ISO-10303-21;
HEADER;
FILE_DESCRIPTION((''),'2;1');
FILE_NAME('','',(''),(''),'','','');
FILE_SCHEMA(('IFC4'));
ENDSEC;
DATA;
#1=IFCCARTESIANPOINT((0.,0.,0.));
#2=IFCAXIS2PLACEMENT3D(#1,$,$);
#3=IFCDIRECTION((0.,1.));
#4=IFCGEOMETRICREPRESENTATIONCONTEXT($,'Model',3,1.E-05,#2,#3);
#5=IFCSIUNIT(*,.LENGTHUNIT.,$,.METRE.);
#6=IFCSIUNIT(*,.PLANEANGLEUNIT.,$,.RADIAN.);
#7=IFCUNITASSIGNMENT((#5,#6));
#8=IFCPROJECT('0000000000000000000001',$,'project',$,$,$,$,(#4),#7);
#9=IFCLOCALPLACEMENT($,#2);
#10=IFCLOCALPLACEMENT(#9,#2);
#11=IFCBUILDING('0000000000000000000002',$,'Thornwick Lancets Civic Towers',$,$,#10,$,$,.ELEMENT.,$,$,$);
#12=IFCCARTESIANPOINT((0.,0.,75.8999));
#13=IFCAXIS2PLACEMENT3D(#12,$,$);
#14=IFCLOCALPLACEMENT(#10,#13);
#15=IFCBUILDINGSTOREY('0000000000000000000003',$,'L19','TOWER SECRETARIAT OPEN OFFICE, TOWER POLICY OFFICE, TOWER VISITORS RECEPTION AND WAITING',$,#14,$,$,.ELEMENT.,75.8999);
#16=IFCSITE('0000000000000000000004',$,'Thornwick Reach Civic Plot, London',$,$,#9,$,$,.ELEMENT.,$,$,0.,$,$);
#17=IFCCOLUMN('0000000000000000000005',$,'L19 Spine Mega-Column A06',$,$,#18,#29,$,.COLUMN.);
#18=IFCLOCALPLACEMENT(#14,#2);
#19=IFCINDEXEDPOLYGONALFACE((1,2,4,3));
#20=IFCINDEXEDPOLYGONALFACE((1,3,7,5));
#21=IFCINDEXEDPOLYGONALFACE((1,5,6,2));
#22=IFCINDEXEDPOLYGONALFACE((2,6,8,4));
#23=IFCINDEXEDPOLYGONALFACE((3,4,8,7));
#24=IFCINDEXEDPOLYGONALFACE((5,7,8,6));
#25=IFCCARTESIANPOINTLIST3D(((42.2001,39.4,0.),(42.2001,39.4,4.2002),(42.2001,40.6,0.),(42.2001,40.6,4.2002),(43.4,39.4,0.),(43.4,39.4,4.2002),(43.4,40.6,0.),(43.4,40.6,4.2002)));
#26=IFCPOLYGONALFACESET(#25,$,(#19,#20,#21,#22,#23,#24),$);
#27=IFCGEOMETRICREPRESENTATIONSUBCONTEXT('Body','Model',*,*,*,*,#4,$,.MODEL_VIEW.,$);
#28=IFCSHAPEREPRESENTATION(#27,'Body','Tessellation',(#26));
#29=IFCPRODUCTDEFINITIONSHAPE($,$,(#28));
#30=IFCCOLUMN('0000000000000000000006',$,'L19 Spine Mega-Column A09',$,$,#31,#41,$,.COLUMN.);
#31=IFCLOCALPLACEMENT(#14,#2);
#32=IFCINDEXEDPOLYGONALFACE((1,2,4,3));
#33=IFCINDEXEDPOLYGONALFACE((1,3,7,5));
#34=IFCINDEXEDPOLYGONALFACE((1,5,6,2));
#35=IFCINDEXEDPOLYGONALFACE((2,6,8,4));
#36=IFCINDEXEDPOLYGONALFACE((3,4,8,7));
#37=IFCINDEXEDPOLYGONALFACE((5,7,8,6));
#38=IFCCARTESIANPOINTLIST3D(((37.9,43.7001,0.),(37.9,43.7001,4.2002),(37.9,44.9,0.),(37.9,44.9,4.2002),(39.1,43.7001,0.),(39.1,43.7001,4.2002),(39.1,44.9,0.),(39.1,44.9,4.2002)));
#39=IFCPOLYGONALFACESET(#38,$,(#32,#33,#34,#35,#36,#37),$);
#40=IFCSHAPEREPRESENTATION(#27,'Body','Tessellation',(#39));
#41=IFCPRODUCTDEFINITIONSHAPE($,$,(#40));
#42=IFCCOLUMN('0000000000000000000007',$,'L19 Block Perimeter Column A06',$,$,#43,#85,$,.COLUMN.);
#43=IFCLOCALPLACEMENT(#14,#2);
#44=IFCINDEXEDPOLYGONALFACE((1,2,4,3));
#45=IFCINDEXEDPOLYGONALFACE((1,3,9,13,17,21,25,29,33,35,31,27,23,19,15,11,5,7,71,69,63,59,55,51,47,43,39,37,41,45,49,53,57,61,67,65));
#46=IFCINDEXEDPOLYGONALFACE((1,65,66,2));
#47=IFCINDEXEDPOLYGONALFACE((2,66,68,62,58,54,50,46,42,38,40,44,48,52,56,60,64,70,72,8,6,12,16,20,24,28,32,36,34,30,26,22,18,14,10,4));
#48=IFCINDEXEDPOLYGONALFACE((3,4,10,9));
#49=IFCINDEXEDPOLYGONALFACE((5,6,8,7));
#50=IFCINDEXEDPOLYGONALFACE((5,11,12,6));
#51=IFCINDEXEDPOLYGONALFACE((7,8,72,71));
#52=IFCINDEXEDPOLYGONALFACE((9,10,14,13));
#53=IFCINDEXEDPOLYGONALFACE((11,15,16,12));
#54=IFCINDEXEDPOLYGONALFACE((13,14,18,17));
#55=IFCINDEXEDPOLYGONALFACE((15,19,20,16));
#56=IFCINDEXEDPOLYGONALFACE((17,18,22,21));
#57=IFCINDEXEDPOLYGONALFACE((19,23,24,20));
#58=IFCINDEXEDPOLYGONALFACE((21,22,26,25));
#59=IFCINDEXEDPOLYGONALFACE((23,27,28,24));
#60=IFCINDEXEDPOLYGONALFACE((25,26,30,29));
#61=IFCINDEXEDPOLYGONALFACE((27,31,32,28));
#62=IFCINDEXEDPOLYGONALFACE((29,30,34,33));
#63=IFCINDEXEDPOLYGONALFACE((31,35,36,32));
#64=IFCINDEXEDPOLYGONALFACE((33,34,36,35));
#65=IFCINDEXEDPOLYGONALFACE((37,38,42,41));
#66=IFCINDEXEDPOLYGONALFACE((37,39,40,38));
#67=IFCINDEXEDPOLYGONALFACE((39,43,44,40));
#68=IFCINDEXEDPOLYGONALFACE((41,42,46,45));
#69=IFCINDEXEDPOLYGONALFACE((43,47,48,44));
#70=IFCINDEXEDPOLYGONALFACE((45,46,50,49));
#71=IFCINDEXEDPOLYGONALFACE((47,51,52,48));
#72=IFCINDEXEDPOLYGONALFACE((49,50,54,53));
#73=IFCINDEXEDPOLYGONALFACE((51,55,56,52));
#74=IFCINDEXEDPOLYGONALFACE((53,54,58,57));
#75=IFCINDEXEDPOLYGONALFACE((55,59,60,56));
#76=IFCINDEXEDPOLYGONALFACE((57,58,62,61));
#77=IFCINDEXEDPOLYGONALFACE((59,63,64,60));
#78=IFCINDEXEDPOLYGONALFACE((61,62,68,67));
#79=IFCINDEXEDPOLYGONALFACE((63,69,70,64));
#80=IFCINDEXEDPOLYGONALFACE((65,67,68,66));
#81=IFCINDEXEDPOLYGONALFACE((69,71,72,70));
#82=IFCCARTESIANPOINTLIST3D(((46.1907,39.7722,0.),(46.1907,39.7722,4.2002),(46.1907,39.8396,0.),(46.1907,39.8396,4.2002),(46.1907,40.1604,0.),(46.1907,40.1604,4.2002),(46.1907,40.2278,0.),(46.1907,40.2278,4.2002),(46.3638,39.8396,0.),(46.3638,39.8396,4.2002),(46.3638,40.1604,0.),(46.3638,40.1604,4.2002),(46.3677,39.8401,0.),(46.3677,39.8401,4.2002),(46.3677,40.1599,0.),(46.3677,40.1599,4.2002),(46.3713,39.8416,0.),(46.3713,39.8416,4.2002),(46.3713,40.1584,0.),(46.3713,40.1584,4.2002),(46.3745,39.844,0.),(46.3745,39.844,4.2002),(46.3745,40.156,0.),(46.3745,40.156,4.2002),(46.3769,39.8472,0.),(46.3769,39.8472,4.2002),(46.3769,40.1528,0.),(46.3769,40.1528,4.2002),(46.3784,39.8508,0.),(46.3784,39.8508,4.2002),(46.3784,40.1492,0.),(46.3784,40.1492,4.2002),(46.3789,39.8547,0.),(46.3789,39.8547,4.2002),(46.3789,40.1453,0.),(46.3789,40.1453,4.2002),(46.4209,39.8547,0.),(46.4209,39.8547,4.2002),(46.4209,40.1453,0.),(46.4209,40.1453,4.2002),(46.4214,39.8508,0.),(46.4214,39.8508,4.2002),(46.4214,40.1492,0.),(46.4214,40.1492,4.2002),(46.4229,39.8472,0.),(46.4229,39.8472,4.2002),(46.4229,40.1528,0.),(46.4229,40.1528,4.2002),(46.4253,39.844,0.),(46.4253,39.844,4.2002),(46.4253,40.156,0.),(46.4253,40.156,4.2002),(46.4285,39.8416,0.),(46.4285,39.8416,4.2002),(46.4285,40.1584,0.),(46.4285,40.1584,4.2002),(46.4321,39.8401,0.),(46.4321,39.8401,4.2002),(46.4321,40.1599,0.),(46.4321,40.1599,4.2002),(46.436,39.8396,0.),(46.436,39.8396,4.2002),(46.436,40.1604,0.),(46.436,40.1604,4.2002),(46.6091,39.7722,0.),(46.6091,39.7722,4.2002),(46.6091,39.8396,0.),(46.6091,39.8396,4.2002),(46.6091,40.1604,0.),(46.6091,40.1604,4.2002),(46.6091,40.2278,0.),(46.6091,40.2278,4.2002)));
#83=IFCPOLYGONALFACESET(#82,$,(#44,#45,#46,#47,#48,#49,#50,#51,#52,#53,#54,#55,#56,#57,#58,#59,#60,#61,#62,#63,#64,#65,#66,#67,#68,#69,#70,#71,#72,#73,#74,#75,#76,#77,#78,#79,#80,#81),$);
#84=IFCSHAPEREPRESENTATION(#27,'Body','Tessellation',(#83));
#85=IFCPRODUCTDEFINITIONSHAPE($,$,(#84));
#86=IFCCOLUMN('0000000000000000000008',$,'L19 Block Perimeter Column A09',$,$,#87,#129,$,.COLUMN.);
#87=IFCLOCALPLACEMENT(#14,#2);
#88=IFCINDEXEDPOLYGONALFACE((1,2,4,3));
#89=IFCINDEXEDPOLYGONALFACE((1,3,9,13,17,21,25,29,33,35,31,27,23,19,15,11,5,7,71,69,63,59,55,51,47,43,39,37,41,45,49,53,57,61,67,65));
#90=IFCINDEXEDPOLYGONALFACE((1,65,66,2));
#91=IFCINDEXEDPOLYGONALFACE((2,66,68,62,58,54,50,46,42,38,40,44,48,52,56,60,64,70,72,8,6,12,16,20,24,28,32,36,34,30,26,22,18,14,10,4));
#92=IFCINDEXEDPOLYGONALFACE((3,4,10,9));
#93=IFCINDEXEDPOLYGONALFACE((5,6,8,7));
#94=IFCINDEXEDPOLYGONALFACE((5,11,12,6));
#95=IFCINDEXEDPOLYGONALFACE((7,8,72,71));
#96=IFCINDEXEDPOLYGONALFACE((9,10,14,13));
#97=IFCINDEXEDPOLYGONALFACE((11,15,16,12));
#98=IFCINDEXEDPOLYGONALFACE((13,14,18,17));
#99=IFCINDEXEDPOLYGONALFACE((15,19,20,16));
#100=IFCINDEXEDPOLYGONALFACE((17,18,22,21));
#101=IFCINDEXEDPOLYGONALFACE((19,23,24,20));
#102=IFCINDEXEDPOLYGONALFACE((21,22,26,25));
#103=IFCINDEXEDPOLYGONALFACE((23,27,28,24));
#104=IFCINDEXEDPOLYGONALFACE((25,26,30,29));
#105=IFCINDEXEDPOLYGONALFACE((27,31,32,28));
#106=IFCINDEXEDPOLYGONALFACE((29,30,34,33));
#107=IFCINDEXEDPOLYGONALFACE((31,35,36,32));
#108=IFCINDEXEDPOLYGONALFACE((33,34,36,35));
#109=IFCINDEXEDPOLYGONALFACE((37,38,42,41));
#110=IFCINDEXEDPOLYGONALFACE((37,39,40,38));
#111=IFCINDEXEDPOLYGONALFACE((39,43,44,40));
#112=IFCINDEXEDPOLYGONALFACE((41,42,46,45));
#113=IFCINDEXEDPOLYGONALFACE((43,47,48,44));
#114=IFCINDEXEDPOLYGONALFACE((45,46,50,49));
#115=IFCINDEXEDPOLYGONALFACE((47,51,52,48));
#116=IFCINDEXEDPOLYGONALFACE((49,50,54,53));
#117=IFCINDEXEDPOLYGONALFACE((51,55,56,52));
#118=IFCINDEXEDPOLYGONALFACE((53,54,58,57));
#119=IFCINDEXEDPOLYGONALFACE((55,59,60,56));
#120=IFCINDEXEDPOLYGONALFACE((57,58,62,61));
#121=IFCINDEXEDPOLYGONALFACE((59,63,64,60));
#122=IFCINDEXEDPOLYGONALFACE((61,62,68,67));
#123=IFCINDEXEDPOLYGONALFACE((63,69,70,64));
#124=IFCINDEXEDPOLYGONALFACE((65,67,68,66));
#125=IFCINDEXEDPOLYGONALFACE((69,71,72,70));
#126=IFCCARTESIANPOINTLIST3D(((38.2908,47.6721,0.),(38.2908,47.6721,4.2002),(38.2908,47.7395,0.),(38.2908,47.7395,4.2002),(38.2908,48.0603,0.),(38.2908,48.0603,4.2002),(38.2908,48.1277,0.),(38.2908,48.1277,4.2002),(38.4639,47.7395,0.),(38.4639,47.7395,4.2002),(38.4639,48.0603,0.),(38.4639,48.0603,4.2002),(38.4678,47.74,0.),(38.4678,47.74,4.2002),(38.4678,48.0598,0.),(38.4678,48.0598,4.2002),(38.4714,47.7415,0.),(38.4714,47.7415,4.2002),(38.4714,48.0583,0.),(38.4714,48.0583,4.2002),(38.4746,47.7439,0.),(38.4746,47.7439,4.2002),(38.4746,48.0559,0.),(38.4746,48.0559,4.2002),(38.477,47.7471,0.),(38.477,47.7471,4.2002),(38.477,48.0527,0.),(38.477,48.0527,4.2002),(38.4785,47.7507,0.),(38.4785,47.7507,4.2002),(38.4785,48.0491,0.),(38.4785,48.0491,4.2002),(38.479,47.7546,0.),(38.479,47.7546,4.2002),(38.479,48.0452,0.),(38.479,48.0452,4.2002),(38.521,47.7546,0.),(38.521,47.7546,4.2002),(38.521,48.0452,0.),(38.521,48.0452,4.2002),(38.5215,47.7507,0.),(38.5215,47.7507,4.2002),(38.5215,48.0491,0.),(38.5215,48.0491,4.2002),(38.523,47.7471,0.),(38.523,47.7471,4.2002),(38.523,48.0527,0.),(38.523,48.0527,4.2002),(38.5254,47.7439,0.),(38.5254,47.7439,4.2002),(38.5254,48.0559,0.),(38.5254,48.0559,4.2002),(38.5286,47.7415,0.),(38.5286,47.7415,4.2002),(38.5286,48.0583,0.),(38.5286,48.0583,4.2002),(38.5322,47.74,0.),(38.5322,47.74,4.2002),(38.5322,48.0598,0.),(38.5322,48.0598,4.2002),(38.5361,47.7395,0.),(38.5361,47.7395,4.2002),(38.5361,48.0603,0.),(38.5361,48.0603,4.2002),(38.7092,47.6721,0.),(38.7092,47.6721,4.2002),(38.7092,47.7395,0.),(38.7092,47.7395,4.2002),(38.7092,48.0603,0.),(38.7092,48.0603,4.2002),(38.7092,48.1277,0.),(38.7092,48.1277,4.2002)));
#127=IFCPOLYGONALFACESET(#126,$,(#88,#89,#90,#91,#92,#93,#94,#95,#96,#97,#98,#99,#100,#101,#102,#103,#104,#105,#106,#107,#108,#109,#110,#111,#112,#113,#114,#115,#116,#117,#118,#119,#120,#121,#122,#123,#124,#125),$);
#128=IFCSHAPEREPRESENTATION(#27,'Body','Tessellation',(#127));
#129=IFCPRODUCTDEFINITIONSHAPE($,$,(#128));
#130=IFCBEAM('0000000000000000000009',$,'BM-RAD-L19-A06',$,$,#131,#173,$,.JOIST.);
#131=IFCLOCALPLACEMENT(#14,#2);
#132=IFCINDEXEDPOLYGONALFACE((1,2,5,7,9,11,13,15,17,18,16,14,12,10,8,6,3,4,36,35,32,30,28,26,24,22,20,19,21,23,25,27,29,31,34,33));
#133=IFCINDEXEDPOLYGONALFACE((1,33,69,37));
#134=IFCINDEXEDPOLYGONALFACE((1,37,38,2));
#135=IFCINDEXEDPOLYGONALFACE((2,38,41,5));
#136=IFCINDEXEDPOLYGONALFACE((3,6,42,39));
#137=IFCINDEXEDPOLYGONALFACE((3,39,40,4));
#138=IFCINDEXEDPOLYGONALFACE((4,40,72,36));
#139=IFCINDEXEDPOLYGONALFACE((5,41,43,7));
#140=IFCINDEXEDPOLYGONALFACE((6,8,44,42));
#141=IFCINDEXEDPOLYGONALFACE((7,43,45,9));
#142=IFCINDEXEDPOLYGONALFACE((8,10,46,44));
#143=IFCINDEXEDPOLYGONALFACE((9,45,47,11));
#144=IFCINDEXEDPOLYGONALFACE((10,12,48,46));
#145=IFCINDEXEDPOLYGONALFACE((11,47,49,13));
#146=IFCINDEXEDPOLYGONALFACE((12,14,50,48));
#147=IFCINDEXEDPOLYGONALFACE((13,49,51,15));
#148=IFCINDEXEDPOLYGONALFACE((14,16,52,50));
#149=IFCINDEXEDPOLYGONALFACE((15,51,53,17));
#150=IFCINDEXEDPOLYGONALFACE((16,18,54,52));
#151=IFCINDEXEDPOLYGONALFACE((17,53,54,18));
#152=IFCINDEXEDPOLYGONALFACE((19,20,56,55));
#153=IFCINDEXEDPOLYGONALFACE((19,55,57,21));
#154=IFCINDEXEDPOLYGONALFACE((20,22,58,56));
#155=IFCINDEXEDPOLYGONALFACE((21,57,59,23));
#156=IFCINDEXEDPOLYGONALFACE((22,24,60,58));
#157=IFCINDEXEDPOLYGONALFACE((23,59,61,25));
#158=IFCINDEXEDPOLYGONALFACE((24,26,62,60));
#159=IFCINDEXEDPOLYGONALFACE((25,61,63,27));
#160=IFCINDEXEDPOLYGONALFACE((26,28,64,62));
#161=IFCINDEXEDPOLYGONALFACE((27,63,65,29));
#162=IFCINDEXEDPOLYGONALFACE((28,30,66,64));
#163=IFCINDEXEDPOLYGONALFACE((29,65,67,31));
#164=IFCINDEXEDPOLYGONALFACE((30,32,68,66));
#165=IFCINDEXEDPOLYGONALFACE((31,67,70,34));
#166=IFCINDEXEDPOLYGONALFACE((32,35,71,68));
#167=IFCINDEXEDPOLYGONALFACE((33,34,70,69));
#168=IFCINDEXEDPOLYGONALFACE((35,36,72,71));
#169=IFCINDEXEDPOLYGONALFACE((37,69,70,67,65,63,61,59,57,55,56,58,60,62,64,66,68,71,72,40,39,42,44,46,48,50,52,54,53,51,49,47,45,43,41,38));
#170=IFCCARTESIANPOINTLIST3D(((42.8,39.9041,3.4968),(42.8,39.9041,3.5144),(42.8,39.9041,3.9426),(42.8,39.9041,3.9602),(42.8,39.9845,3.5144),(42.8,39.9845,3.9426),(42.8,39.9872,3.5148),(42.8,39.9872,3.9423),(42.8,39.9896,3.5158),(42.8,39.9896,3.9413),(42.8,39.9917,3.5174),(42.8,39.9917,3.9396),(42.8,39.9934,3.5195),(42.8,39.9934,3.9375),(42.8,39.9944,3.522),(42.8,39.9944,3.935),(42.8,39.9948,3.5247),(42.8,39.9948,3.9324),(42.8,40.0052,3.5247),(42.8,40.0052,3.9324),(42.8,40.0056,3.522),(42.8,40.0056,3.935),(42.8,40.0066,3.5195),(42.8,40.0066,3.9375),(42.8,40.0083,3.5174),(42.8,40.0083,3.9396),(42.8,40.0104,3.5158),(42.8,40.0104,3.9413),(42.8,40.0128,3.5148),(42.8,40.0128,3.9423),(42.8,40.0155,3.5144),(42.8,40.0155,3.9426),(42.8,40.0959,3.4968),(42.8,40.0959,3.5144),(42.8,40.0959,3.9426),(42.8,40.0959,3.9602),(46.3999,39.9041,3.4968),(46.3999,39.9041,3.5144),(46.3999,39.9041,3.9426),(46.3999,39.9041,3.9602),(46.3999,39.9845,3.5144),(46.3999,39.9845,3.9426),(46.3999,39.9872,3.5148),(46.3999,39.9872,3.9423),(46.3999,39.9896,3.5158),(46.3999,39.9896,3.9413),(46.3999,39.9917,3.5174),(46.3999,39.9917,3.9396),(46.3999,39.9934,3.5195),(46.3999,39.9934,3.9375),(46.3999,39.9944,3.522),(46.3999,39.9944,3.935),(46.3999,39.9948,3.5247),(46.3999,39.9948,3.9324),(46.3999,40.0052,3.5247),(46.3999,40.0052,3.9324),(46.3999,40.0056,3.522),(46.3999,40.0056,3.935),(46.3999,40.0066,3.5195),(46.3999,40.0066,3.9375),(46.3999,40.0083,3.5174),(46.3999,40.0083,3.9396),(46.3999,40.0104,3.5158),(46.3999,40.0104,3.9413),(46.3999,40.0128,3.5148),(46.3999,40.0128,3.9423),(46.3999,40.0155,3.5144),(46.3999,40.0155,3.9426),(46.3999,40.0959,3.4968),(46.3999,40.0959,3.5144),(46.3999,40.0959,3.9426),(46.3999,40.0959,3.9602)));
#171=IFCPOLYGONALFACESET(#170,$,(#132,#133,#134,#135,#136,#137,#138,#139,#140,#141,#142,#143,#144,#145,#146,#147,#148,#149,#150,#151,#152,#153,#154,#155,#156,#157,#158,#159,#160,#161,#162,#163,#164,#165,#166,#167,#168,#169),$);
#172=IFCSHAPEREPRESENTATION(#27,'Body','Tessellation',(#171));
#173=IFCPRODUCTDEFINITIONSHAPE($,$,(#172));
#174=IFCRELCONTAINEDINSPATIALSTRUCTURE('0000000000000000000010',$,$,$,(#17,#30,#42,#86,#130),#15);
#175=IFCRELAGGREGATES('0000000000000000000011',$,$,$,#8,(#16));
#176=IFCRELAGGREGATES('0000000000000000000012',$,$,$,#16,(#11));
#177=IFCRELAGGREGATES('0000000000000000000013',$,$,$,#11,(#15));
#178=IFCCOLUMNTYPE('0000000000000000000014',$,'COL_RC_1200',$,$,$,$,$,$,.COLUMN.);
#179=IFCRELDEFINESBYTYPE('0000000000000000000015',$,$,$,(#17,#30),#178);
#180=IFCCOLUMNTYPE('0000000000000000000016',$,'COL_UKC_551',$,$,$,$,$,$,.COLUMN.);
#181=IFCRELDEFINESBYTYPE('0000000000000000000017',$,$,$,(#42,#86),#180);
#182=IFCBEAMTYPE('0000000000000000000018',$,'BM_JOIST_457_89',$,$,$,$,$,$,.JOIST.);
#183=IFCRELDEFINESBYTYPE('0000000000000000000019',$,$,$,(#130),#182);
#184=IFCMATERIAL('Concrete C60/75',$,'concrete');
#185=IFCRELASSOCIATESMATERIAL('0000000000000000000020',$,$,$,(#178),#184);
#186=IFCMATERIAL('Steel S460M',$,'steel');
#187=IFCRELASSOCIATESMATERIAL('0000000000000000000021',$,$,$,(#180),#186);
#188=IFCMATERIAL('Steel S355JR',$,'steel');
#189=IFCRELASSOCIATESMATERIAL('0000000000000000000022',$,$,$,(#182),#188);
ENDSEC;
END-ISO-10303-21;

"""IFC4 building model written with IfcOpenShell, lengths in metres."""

from ifc_helpers import new_model, si_unit, direction, frame, origin, origin_2d, place, context, subcontext, project, spatial, rectangle, i_section, extrude, material, material_profile, profile_set, type_object, element, save


model = new_model("IFC4")

# Units and contexts
model_context = context("Model", 3, precision=1e-05, world=origin(), true_north=direction((0.0, 1.0)))
body_context = subcontext(model_context, "Body", "Model", "MODEL_VIEW")
ifc_project = project(units=[si_unit("LENGTHUNIT", "METRE"), si_unit("PLANEANGLEUNIT", "RADIAN")], contexts=[model_context])

# Site, building, storey
site_placement = place(None, origin())
site = spatial("IfcSite", under=ifc_project, at=site_placement, Name="Thornwick Reach Civic Plot, London", CompositionType="ELEMENT", RefElevation=0.0)
building_placement = place(site_placement, origin())
building = spatial("IfcBuilding", under=site, at=building_placement, Name="Thornwick Lancets Civic Towers", CompositionType="ELEMENT")
storey_placement = place(building_placement, frame((0.0, 0.0, 75.8999)))
storey = spatial("IfcBuildingStorey", under=building, at=storey_placement, Name="L19", Description="TOWER SECRETARIAT OPEN OFFICE, TOWER POLICY OFFICE, TOWER VISITORS RECEPTION AND WAITING", CompositionType="ELEMENT", Elevation=75.8999)

# Columns
ifc_material_1 = material(Name="Concrete C60/75", Category="concrete")
ifc_material_profile_1 = material_profile(ifc_material_1, rectangle(XDim=1.2, YDim=1.2, at=origin_2d()), Name="RC 1200x1200")
ifc_profile_set_1 = profile_set([ifc_material_profile_1], Name="Concrete C60/75")
column_type_1 = type_object("IfcColumnType", Name="COL_RC_1200", PredefinedType="COLUMN", material=ifc_profile_set_1)
for number, where, z_axis, x_axis, name in (
    (1, (42.8, 40.0, 0.0), (0.0, 0.0, 1.0), (1.0, 0.0, 0.0), "L19 Spine Mega-Column A06"),
    (2, (38.5, 44.3, 0.0), (0.0, 0.0, 1.0), (1.0, 0.0, 0.0), "L19 Spine Mega-Column A09"),
):
    element("IfcColumn", number, at=place(storey_placement, frame(where, z_axis=z_axis, x_axis=x_axis)), inside=storey, type_object=column_type_1, Name=name, PredefinedType="COLUMN", context=body_context, shape_type="SweptSolid", body=[
        extrude(rectangle(XDim=1.2, YDim=1.2, at=origin_2d()), origin(), (0.0, 0.0, 1.0), 4.2002),
    ])
ifc_material_2 = material(Name="Steel S460M", Category="steel")
ifc_material_profile_2 = material_profile(ifc_material_2, i_section(OverallWidth=0.4185, OverallDepth=0.4556, WebThickness=0.042, FlangeThickness=0.0674, FilletRadius=0.0151, at=origin_2d()), Name="UKC 356x406x551")
ifc_profile_set_2 = profile_set([ifc_material_profile_2], Name="Steel S460M")
column_type_2 = type_object("IfcColumnType", Name="COL_UKC_551", PredefinedType="COLUMN", material=ifc_profile_set_2)
for number, where, z_axis, x_axis, name in (
    (3, (46.3999, 40.0, 0.0), (0.0, 0.0, 1.0), (1.0, 0.0, 0.0), "L19 Block Perimeter Column A06"),
    (4, (38.5, 47.8999, 0.0), (0.0, 0.0, 1.0), (1.0, 0.0, 0.0), "L19 Block Perimeter Column A09"),
):
    element("IfcColumn", number, at=place(storey_placement, frame(where, z_axis=z_axis, x_axis=x_axis)), inside=storey, type_object=column_type_2, Name=name, PredefinedType="COLUMN", context=body_context, shape_type="SweptSolid", body=[
        extrude(i_section(OverallWidth=0.4185, OverallDepth=0.4556, WebThickness=0.042, FlangeThickness=0.0674, FilletRadius=0.0151, at=origin_2d()), origin(), (0.0, 0.0, 1.0), 4.2002),
    ])

# Beam
ifc_material_3 = material(Name="Steel S355JR", Category="steel")
ifc_material_profile_3 = material_profile(ifc_material_3, i_section(OverallWidth=0.1919, OverallDepth=0.4634, WebThickness=0.0105, FlangeThickness=0.0176, FilletRadius=0.0103, at=origin_2d()), Name="UKB 457x191x89")
ifc_profile_set_3 = profile_set([ifc_material_profile_3], Name="Steel S355JR")
beam_type_1 = type_object("IfcBeamType", Name="BM_JOIST_457_89", PredefinedType="JOIST", material=ifc_profile_set_3)
for number, where, z_axis, x_axis, name in (
    (5, (42.8, 40.0, 3.7285), (1.0, 0.0, 0.0), (0.0, 1.0, 0.0), "BM-RAD-L19-A06"),
):
    element("IfcBeam", number, at=place(storey_placement, frame(where, z_axis=z_axis, x_axis=x_axis)), inside=storey, type_object=beam_type_1, Name=name, PredefinedType="JOIST", context=body_context, shape_type="SweptSolid", body=[
        extrude(i_section(OverallWidth=0.1919, OverallDepth=0.4634, WebThickness=0.0105, FlangeThickness=0.0176, FilletRadius=0.0103, at=origin_2d()), origin(), (0.0, 0.0, 1.0), 3.5999),
    ])

save(model, "model.ifc")
